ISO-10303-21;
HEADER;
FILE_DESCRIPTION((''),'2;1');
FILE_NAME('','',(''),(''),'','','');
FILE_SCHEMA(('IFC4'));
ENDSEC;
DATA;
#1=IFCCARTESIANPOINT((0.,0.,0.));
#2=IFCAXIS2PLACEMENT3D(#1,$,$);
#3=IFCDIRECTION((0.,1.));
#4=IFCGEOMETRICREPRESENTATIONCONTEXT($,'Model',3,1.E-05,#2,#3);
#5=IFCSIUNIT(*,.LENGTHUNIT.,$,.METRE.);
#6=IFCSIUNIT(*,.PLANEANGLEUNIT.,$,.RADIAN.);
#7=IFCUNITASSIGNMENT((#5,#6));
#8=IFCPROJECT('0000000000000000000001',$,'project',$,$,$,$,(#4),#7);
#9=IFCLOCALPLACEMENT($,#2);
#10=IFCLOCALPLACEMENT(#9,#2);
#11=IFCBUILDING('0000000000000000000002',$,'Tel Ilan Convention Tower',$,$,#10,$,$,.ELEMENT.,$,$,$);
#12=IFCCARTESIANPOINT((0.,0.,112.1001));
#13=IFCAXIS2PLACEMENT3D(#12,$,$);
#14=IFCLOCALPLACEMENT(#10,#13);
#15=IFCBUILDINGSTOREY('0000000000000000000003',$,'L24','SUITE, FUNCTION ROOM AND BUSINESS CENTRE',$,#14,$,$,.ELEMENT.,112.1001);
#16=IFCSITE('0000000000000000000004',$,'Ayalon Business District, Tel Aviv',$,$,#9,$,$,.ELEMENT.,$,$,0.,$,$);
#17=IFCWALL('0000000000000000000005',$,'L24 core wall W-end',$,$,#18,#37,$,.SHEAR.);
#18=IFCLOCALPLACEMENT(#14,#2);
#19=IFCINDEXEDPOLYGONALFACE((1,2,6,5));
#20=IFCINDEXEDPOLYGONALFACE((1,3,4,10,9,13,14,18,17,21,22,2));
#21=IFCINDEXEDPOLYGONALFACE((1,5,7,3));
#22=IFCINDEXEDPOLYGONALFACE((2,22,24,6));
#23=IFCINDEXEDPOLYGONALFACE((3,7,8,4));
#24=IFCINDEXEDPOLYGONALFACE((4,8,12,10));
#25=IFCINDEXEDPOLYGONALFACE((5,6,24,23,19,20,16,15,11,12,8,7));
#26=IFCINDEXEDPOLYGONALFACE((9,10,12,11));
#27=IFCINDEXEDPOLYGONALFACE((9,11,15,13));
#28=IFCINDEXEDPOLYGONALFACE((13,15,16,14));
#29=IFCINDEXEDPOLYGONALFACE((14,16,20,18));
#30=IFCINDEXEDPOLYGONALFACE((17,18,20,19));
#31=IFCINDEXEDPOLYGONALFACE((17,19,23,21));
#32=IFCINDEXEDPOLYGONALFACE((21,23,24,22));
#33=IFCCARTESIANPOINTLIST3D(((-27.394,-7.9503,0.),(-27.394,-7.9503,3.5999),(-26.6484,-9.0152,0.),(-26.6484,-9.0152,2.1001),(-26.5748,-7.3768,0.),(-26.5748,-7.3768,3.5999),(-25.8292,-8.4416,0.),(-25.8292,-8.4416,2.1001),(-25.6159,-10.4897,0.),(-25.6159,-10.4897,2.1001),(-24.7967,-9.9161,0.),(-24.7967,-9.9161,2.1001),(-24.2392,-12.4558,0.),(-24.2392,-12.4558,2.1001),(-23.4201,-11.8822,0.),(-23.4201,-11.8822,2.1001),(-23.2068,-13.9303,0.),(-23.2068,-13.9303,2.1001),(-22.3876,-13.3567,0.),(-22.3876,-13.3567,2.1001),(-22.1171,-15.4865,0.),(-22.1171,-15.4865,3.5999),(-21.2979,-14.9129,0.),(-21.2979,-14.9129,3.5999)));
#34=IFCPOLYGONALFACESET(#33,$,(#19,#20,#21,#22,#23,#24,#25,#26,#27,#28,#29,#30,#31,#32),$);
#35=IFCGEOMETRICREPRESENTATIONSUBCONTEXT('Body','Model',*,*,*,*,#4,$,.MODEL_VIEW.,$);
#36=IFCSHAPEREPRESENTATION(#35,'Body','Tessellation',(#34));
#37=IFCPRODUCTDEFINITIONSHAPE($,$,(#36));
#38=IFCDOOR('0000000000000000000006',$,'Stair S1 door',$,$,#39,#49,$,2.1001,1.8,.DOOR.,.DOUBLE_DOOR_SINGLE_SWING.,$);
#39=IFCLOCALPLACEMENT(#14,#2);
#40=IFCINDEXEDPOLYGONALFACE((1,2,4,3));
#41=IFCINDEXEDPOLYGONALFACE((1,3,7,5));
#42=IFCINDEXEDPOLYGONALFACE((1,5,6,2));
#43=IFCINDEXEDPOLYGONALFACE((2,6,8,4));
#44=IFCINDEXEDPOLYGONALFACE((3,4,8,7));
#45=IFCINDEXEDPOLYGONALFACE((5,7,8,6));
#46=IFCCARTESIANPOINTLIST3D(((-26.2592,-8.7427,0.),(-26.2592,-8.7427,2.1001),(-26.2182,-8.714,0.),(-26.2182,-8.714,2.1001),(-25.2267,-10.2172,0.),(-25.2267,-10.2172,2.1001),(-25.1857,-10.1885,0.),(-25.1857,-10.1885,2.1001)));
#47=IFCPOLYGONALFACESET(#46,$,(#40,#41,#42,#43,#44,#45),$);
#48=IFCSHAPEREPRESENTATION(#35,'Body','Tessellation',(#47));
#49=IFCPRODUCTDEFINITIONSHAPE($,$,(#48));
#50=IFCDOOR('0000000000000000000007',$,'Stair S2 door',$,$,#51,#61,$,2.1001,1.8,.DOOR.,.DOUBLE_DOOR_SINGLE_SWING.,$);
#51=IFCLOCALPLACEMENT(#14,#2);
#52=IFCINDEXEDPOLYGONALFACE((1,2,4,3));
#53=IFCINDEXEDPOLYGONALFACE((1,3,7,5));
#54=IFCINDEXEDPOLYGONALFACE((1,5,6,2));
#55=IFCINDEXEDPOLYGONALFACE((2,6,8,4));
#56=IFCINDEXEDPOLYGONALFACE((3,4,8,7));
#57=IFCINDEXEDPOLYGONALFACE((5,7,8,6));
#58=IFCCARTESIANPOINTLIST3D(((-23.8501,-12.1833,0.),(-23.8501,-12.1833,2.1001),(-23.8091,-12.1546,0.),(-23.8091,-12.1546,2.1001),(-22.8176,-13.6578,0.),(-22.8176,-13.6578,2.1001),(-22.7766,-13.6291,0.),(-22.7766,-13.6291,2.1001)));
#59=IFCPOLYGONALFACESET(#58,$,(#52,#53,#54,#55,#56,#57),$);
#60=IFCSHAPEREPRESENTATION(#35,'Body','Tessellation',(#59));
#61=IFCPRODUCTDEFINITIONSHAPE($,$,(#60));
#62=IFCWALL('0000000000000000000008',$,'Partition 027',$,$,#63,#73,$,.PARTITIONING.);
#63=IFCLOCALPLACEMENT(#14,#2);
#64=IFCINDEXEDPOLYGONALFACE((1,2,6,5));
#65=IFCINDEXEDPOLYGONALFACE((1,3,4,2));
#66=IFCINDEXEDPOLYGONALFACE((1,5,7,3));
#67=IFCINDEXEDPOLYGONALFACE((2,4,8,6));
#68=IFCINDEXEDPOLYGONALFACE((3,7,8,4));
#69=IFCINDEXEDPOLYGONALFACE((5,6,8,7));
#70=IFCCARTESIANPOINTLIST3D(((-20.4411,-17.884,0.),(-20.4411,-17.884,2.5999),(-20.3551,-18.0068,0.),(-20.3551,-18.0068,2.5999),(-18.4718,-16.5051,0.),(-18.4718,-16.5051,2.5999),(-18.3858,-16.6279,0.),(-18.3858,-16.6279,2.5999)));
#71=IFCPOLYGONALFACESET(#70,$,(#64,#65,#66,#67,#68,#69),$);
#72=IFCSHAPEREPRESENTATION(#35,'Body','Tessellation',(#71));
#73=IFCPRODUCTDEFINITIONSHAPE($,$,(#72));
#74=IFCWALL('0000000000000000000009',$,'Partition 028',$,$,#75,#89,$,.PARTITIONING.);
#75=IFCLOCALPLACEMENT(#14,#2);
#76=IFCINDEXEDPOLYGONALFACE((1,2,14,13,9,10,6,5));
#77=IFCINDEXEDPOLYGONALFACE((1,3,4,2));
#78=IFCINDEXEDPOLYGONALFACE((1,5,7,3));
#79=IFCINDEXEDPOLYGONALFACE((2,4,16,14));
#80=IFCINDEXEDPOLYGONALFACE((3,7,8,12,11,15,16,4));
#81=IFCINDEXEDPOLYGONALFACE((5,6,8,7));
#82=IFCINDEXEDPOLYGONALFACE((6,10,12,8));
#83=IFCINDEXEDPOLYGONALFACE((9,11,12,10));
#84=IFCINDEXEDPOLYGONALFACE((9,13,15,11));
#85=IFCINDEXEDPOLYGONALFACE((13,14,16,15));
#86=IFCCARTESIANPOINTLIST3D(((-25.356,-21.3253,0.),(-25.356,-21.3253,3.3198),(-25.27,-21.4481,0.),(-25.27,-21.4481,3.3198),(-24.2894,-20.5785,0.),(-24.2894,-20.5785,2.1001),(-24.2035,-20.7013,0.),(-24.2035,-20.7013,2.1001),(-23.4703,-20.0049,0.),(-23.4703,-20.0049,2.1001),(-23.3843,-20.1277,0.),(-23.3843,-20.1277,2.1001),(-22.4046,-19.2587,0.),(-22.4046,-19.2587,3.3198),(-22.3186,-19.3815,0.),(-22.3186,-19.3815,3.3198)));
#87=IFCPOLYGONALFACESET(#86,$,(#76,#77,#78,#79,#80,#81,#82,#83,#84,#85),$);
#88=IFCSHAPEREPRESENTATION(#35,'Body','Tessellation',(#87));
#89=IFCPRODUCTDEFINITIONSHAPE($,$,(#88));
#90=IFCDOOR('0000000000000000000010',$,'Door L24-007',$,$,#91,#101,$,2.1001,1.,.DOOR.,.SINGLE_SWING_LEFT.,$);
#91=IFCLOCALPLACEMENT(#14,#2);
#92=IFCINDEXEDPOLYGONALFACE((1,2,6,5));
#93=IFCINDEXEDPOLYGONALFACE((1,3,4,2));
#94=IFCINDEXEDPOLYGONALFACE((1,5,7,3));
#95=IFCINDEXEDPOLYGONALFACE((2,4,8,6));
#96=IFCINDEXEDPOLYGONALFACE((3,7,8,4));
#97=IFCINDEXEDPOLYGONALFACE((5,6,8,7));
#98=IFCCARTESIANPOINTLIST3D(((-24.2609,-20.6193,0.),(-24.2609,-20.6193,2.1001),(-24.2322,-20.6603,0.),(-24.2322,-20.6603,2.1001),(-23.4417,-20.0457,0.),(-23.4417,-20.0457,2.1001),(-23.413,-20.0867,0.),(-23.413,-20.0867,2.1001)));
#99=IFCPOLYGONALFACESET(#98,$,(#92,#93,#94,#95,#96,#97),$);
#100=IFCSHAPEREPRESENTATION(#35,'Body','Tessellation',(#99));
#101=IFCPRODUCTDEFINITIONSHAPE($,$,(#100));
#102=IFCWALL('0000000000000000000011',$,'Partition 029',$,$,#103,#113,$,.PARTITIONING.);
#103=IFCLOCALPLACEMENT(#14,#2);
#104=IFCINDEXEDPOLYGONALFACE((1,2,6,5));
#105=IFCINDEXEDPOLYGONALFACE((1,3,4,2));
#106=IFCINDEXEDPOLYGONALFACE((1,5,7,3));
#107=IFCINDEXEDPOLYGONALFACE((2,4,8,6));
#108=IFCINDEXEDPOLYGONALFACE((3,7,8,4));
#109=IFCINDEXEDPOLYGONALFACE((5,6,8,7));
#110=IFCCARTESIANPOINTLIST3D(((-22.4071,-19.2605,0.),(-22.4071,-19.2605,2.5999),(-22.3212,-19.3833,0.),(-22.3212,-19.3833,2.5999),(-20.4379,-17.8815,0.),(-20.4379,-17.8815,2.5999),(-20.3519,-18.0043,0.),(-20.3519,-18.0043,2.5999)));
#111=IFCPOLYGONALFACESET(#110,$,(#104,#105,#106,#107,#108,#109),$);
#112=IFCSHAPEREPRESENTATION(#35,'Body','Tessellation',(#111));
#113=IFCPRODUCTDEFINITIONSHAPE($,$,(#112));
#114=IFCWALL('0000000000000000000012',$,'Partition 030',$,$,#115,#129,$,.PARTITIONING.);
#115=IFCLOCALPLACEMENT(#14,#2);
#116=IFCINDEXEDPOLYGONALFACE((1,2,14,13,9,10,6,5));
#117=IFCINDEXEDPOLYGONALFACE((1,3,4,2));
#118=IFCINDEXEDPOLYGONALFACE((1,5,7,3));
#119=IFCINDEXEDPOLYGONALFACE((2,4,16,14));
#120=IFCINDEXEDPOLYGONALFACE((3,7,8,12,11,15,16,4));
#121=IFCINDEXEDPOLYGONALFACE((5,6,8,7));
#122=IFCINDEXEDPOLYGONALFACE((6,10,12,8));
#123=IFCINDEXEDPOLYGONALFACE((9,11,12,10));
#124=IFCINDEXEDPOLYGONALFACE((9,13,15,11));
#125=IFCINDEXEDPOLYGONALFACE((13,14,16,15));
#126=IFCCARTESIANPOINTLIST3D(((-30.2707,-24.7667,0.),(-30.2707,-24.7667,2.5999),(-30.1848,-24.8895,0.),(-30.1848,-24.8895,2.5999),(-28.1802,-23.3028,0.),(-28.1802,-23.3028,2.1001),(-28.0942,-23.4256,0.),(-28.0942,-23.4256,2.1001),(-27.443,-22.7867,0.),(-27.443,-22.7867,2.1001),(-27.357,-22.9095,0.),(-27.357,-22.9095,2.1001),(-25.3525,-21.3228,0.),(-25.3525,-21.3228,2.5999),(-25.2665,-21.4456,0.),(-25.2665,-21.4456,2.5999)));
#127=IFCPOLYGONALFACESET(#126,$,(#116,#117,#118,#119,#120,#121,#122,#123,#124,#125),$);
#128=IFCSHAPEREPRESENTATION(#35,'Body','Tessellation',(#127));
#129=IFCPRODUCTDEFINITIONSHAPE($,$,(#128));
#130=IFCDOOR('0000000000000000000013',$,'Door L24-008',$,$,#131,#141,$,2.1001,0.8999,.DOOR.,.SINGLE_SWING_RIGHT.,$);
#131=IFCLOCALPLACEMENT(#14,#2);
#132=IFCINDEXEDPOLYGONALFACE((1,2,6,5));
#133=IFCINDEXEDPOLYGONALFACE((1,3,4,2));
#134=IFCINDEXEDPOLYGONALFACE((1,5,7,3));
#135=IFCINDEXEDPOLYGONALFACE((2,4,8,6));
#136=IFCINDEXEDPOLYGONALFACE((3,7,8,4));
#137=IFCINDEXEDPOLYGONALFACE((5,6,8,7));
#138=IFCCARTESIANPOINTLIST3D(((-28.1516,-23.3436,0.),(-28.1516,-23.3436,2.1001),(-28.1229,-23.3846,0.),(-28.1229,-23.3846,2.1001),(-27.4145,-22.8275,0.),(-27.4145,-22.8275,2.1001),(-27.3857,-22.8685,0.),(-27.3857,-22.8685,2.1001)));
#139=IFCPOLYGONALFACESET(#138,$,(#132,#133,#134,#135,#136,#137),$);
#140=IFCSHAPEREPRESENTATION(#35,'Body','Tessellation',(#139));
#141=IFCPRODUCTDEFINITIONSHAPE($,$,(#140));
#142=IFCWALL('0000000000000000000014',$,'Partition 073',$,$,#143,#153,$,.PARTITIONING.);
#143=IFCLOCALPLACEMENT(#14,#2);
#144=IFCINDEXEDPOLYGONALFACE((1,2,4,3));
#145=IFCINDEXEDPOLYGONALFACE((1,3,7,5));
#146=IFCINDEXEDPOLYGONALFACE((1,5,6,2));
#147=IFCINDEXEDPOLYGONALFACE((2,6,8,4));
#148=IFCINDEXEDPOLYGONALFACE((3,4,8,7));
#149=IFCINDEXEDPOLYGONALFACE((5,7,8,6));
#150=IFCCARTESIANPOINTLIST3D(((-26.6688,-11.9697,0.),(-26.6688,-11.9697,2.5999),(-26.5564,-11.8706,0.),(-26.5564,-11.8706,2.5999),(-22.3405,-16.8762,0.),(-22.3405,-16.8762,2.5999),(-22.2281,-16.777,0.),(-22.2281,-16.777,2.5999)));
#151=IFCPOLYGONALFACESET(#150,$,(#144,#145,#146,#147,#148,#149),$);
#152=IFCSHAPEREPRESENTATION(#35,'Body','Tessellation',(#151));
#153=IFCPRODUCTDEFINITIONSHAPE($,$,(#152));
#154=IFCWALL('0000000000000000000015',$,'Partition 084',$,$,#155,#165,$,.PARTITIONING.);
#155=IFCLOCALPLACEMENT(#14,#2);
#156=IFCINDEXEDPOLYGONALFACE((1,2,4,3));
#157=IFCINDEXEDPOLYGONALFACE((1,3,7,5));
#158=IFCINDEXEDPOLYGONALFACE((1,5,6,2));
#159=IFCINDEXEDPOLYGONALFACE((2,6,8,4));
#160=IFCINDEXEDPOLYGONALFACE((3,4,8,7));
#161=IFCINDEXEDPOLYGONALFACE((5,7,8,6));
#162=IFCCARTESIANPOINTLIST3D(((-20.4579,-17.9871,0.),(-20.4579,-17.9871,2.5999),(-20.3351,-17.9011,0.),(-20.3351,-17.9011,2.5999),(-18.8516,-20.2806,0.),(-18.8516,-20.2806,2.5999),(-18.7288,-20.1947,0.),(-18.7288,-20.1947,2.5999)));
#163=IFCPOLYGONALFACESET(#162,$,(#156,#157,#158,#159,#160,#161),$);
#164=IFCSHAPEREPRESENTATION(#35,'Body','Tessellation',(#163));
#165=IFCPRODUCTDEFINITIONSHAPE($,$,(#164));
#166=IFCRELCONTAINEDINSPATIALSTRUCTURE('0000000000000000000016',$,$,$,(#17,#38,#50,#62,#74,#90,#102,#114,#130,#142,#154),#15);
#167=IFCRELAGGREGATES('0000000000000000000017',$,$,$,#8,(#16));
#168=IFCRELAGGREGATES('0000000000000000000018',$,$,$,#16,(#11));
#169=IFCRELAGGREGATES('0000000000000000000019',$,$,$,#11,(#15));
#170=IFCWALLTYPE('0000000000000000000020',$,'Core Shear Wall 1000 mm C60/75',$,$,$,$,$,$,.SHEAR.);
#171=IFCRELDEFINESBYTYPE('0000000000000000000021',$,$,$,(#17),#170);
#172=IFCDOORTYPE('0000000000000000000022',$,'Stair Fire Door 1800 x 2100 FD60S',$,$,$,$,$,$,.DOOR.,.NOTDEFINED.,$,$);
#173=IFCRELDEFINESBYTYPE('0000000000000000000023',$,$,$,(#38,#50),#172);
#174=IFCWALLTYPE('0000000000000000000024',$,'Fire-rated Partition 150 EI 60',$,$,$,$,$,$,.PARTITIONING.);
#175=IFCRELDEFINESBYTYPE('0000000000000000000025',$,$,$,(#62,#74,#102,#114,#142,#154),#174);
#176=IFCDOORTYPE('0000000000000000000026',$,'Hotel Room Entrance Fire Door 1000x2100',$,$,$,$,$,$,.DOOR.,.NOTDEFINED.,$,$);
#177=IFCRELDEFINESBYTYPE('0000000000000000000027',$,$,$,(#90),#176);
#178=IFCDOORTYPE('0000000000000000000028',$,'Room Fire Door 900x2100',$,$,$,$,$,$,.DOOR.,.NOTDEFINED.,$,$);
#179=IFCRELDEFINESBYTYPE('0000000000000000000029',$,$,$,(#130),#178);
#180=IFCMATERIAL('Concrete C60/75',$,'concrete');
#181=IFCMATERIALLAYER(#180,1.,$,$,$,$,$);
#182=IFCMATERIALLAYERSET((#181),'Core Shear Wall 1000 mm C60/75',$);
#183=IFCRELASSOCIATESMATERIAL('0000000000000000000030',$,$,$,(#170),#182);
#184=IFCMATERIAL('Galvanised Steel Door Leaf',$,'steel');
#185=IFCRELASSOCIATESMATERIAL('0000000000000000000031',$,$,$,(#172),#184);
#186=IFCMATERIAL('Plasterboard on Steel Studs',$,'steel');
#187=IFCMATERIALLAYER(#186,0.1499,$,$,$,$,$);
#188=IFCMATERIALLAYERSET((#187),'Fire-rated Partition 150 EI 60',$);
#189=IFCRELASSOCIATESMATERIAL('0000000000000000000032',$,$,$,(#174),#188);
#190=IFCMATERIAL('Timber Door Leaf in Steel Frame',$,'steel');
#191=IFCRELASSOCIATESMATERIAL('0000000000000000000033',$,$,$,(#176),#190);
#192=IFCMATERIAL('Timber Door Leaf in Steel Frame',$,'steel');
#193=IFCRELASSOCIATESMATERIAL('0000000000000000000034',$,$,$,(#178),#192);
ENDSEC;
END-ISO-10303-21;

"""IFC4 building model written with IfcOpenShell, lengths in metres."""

from ifc_helpers import new_model, si_unit, direction, frame, frame_2d, origin, place, context, subcontext, project, spatial, polyline, rectangle, outline, extrude, material, layer, layer_set, type_object, element, fill, save


model = new_model("IFC4")

# Units and contexts
model_context = context("Model", 3, precision=1e-05, world=origin(), true_north=direction((0.0, 1.0)))
body_context = subcontext(model_context, "Body", "Model", "MODEL_VIEW")
ifc_project = project(units=[si_unit("LENGTHUNIT", "METRE"), si_unit("PLANEANGLEUNIT", "RADIAN")], contexts=[model_context])

# Site, building, storey
site_placement = place(None, origin())
site = spatial("IfcSite", under=ifc_project, at=site_placement, Name="Ayalon Business District, Tel Aviv", CompositionType="ELEMENT", RefElevation=0.0)
building_placement = place(site_placement, origin())
building = spatial("IfcBuilding", under=site, at=building_placement, Name="Tel Ilan Convention Tower", CompositionType="ELEMENT")
storey_placement = place(building_placement, frame((0.0, 0.0, 112.1001)))
storey = spatial("IfcBuildingStorey", under=building, at=storey_placement, Name="L24", Description="SUITE, FUNCTION ROOM AND BUSINESS CENTRE", CompositionType="ELEMENT", Elevation=112.1001)

# Wall, openings, doors
ifc_material_1 = material(Name="Concrete C60/75", Category="concrete")
ifc_layer_1 = layer(ifc_material_1, 1.0)
ifc_layer_set_1 = layer_set([ifc_layer_1], Name="Core Shear Wall 1000 mm C60/75")
wall_type_1 = type_object("IfcWallType", Name="Core Shear Wall 1000 mm C60/75", PredefinedType="SHEAR", material=ifc_layer_set_1)
wall_1_placement = place(storey_placement, frame((-21.7075, -15.1997, 0.0), z_axis=(0.0, 0.0, 1.0), x_axis=(-0.573576, 0.819152, 0.0)))
wall_1 = element("IfcWall", 1, at=wall_1_placement, inside=storey, type_object=wall_type_1, Name="L24 core wall W-end", PredefinedType="SHEAR", context=body_context, shape_type="SweptSolid", body=[
    extrude(outline(polyline([(0.0, 0.5), (0.0, -0.5), (9.2, -0.5), (9.2, 0.5), (0.0, 0.5)])), origin(), (0.0, 0.0, 1.0), 3.5999),
])
opening_1_placement = place(wall_1_placement, frame((6.1001, 0.0, 0.0)))
opening_1 = element("IfcOpeningElement", 2, at=opening_1_placement, cuts=wall_1, PredefinedType="OPENING", context=body_context, shape_type="SweptSolid", body=[
    extrude(rectangle(XDim=1.8, YDim=2.1001, at=frame_2d((0.8999, 1.05))), frame((0.0, 0.51, 0.0), z_axis=(0.0, -1.0, 0.0), x_axis=(1.0, 0.0, 0.0)), (0.0, 0.0, 1.0), 1.02),
])
opening_2_placement = place(wall_1_placement, frame((1.8999, 0.0, 0.0)))
opening_2 = element("IfcOpeningElement", 3, at=opening_2_placement, cuts=wall_1, PredefinedType="OPENING", context=body_context, shape_type="SweptSolid", body=[
    extrude(rectangle(XDim=1.8, YDim=2.1001, at=frame_2d((0.8999, 1.05))), frame((0.0, 0.51, 0.0), z_axis=(0.0, -1.0, 0.0), x_axis=(1.0, 0.0, 0.0)), (0.0, 0.0, 1.0), 1.02),
])
ifc_material_2 = material(Name="Galvanised Steel Door Leaf", Category="steel")
door_type_1 = type_object("IfcDoorType", Name="Stair Fire Door 1800 x 2100 FD60S", OperationType="NOTDEFINED", PredefinedType="DOOR", material=ifc_material_2)
door_1_placement = place(opening_1_placement, origin())
door_1 = element("IfcDoor", 4, at=door_1_placement, inside=storey, type_object=door_type_1, Name="Stair S1 door", OperationType="DOUBLE_DOOR_SINGLE_SWING", OverallHeight=2.1001, OverallWidth=1.8, PredefinedType="DOOR", context=body_context, shape_type="SweptSolid", body=[
    extrude(rectangle(XDim=1.8, YDim=2.1001, at=frame_2d((0.8999, 1.05))), frame((0.0, 0.0249, 0.0), z_axis=(0.0, -1.0, 0.0), x_axis=(1.0, 0.0, 0.0)), (0.0, 0.0, 1.0), 0.05),
])
fill(opening_1, door_1)
door_2_placement = place(opening_2_placement, origin())
door_2 = element("IfcDoor", 5, at=door_2_placement, inside=storey, type_object=door_type_1, Name="Stair S2 door", OperationType="DOUBLE_DOOR_SINGLE_SWING", OverallHeight=2.1001, OverallWidth=1.8, PredefinedType="DOOR", context=body_context, shape_type="SweptSolid", body=[
    extrude(rectangle(XDim=1.8, YDim=2.1001, at=frame_2d((0.8999, 1.05))), frame((0.0, 0.0249, 0.0), z_axis=(0.0, -1.0, 0.0), x_axis=(1.0, 0.0, 0.0)), (0.0, 0.0, 1.0), 0.05),
])
fill(opening_2, door_2)

# Wall
ifc_material_3 = material(Name="Plasterboard on Steel Studs", Category="steel")
ifc_layer_2 = layer(ifc_material_3, 0.1499)
ifc_layer_set_2 = layer_set([ifc_layer_2], Name="Fire-rated Partition 150 EI 60")
wall_type_2 = type_object("IfcWallType", Name="Fire-rated Partition 150 EI 60", PredefinedType="PARTITIONING", material=ifc_layer_set_2)
wall_2_placement = place(storey_placement, frame((-18.4287, -16.5664, 0.0), z_axis=(0.0, 0.0, 1.0), x_axis=(-0.819146, -0.573585, 0.0)))
element("IfcWall", 6, at=wall_2_placement, inside=storey, type_object=wall_type_2, Name="Partition 027", PredefinedType="PARTITIONING", context=body_context, shape_type="SweptSolid", body=[
    extrude(rectangle(XDim=2.4041, YDim=0.1499, at=frame_2d((1.2021, 0.0))), origin(), (0.0, 0.0, 1.0), 2.5999),
])

# Wall, opening, door
wall_3_placement = place(storey_placement, frame((-22.3616, -19.3201, 0.0), z_axis=(0.0, 0.0, 1.0), x_axis=(-0.819146, -0.573585, 0.0)))
wall_3 = element("IfcWall", 7, at=wall_3_placement, inside=storey, type_object=wall_type_2, Name="Partition 028", PredefinedType="PARTITIONING", context=body_context, shape_type="SweptSolid", body=[
    extrude(rectangle(XDim=3.603, YDim=0.1499, at=frame_2d((1.8015, 0.0))), origin(), (0.0, 0.0, 1.0), 3.3198),
])
opening_3_placement = place(wall_3_placement, frame((1.301, 0.0, 0.0)))
opening_3 = element("IfcOpeningElement", 8, at=opening_3_placement, cuts=wall_3, PredefinedType="OPENING", context=body_context, shape_type="SweptSolid", body=[
    extrude(rectangle(XDim=1.0, YDim=2.1001, at=frame_2d((0.5, 1.05))), frame((0.0, 0.085, 0.0), z_axis=(0.0, -1.0, 0.0), x_axis=(1.0, 0.0, 0.0)), (0.0, 0.0, 1.0), 0.1699),
])
ifc_material_4 = material(Name="Timber Door Leaf in Steel Frame", Category="steel")
door_type_2 = type_object("IfcDoorType", Name="Hotel Room Entrance Fire Door 1000x2100", OperationType="NOTDEFINED", PredefinedType="DOOR", material=ifc_material_4)
door_3_placement = place(opening_3_placement, origin())
door_3 = element("IfcDoor", 9, at=door_3_placement, inside=storey, type_object=door_type_2, Name="Door L24-007", OperationType="SINGLE_SWING_LEFT", OverallHeight=2.1001, OverallWidth=1.0, PredefinedType="DOOR", context=body_context, shape_type="SweptSolid", body=[
    extrude(rectangle(XDim=1.0, YDim=2.1001, at=frame_2d((0.5, 1.05))), frame((0.0, 0.0249, 0.0), z_axis=(0.0, -1.0, 0.0), x_axis=(1.0, 0.0, 0.0)), (0.0, 0.0, 1.0), 0.05),
])
fill(opening_3, door_3)

# Wall
wall_4_placement = place(storey_placement, frame((-20.3948, -17.9429, 0.0), z_axis=(0.0, 0.0, 1.0), x_axis=(-0.819146, -0.573585, 0.0)))
element("IfcWall", 10, at=wall_4_placement, inside=storey, type_object=wall_type_2, Name="Partition 029", PredefinedType="PARTITIONING", context=body_context, shape_type="SweptSolid", body=[
    extrude(rectangle(XDim=2.4041, YDim=0.1499, at=frame_2d((1.2021, 0.0))), origin(), (0.0, 0.0, 1.0), 2.5999),
])

# Wall, opening, door
wall_5_placement = place(storey_placement, frame((-25.3096, -21.3843, 0.0), z_axis=(0.0, 0.0, 1.0), x_axis=(-0.819146, -0.573585, 0.0)))
wall_5 = element("IfcWall", 11, at=wall_5_placement, inside=storey, type_object=wall_type_2, Name="Partition 030", PredefinedType="PARTITIONING", context=body_context, shape_type="SweptSolid", body=[
    extrude(rectangle(XDim=6.0042, YDim=0.1499, at=frame_2d((3.002, 0.0))), origin(), (0.0, 0.0, 1.0), 2.5999),
])
opening_4_placement = place(wall_5_placement, frame((2.552, 0.0, 0.0)))
opening_4 = element("IfcOpeningElement", 12, at=opening_4_placement, cuts=wall_5, PredefinedType="OPENING", context=body_context, shape_type="SweptSolid", body=[
    extrude(rectangle(XDim=0.8999, YDim=2.1001, at=frame_2d((0.45, 1.05))), frame((0.0, 0.085, 0.0), z_axis=(0.0, -1.0, 0.0), x_axis=(1.0, 0.0, 0.0)), (0.0, 0.0, 1.0), 0.1699),
])
ifc_material_5 = material(Name="Timber Door Leaf in Steel Frame", Category="steel")
door_type_3 = type_object("IfcDoorType", Name="Room Fire Door 900x2100", OperationType="NOTDEFINED", PredefinedType="DOOR", material=ifc_material_5)
door_4_placement = place(opening_4_placement, origin())
door_4 = element("IfcDoor", 13, at=door_4_placement, inside=storey, type_object=door_type_3, Name="Door L24-008", OperationType="SINGLE_SWING_RIGHT", OverallHeight=2.1001, OverallWidth=0.8999, PredefinedType="DOOR", context=body_context, shape_type="SweptSolid", body=[
    extrude(rectangle(XDim=0.8999, YDim=2.1001, at=frame_2d((0.45, 1.05))), frame((0.0, 0.0249, 0.0), z_axis=(0.0, -1.0, 0.0), x_axis=(1.0, 0.0, 0.0)), (0.0, 0.0, 1.0), 0.05),
])
fill(opening_4, door_4)

# Walls
wall_6_placement = place(storey_placement, frame((-22.2842, -16.8267, 0.0), z_axis=(0.0, 0.0, 1.0), x_axis=(-0.661545, 0.749905, 0.0)))
element("IfcWall", 14, at=wall_6_placement, inside=storey, type_object=wall_type_2, Name="Partition 073", PredefinedType="PARTITIONING", context=body_context, shape_type="SweptSolid", body=[
    extrude(rectangle(XDim=6.5427, YDim=0.1499, at=frame_2d((3.2715, 0.0))), origin(), (0.0, 0.0, 1.0), 2.5999),
])
wall_7_placement = place(storey_placement, frame((-18.7903, -20.2375, 0.0), z_axis=(0.0, 0.0, 1.0), x_axis=(-0.57365, 0.819101, 0.0)))
element("IfcWall", 15, at=wall_7_placement, inside=storey, type_object=wall_type_2, Name="Partition 084", PredefinedType="PARTITIONING", context=body_context, shape_type="SweptSolid", body=[
    extrude(rectangle(XDim=2.8, YDim=0.1499, at=frame_2d((1.3999, 0.0))), origin(), (0.0, 0.0, 1.0), 2.5999),
])

save(model, "model.ifc")
